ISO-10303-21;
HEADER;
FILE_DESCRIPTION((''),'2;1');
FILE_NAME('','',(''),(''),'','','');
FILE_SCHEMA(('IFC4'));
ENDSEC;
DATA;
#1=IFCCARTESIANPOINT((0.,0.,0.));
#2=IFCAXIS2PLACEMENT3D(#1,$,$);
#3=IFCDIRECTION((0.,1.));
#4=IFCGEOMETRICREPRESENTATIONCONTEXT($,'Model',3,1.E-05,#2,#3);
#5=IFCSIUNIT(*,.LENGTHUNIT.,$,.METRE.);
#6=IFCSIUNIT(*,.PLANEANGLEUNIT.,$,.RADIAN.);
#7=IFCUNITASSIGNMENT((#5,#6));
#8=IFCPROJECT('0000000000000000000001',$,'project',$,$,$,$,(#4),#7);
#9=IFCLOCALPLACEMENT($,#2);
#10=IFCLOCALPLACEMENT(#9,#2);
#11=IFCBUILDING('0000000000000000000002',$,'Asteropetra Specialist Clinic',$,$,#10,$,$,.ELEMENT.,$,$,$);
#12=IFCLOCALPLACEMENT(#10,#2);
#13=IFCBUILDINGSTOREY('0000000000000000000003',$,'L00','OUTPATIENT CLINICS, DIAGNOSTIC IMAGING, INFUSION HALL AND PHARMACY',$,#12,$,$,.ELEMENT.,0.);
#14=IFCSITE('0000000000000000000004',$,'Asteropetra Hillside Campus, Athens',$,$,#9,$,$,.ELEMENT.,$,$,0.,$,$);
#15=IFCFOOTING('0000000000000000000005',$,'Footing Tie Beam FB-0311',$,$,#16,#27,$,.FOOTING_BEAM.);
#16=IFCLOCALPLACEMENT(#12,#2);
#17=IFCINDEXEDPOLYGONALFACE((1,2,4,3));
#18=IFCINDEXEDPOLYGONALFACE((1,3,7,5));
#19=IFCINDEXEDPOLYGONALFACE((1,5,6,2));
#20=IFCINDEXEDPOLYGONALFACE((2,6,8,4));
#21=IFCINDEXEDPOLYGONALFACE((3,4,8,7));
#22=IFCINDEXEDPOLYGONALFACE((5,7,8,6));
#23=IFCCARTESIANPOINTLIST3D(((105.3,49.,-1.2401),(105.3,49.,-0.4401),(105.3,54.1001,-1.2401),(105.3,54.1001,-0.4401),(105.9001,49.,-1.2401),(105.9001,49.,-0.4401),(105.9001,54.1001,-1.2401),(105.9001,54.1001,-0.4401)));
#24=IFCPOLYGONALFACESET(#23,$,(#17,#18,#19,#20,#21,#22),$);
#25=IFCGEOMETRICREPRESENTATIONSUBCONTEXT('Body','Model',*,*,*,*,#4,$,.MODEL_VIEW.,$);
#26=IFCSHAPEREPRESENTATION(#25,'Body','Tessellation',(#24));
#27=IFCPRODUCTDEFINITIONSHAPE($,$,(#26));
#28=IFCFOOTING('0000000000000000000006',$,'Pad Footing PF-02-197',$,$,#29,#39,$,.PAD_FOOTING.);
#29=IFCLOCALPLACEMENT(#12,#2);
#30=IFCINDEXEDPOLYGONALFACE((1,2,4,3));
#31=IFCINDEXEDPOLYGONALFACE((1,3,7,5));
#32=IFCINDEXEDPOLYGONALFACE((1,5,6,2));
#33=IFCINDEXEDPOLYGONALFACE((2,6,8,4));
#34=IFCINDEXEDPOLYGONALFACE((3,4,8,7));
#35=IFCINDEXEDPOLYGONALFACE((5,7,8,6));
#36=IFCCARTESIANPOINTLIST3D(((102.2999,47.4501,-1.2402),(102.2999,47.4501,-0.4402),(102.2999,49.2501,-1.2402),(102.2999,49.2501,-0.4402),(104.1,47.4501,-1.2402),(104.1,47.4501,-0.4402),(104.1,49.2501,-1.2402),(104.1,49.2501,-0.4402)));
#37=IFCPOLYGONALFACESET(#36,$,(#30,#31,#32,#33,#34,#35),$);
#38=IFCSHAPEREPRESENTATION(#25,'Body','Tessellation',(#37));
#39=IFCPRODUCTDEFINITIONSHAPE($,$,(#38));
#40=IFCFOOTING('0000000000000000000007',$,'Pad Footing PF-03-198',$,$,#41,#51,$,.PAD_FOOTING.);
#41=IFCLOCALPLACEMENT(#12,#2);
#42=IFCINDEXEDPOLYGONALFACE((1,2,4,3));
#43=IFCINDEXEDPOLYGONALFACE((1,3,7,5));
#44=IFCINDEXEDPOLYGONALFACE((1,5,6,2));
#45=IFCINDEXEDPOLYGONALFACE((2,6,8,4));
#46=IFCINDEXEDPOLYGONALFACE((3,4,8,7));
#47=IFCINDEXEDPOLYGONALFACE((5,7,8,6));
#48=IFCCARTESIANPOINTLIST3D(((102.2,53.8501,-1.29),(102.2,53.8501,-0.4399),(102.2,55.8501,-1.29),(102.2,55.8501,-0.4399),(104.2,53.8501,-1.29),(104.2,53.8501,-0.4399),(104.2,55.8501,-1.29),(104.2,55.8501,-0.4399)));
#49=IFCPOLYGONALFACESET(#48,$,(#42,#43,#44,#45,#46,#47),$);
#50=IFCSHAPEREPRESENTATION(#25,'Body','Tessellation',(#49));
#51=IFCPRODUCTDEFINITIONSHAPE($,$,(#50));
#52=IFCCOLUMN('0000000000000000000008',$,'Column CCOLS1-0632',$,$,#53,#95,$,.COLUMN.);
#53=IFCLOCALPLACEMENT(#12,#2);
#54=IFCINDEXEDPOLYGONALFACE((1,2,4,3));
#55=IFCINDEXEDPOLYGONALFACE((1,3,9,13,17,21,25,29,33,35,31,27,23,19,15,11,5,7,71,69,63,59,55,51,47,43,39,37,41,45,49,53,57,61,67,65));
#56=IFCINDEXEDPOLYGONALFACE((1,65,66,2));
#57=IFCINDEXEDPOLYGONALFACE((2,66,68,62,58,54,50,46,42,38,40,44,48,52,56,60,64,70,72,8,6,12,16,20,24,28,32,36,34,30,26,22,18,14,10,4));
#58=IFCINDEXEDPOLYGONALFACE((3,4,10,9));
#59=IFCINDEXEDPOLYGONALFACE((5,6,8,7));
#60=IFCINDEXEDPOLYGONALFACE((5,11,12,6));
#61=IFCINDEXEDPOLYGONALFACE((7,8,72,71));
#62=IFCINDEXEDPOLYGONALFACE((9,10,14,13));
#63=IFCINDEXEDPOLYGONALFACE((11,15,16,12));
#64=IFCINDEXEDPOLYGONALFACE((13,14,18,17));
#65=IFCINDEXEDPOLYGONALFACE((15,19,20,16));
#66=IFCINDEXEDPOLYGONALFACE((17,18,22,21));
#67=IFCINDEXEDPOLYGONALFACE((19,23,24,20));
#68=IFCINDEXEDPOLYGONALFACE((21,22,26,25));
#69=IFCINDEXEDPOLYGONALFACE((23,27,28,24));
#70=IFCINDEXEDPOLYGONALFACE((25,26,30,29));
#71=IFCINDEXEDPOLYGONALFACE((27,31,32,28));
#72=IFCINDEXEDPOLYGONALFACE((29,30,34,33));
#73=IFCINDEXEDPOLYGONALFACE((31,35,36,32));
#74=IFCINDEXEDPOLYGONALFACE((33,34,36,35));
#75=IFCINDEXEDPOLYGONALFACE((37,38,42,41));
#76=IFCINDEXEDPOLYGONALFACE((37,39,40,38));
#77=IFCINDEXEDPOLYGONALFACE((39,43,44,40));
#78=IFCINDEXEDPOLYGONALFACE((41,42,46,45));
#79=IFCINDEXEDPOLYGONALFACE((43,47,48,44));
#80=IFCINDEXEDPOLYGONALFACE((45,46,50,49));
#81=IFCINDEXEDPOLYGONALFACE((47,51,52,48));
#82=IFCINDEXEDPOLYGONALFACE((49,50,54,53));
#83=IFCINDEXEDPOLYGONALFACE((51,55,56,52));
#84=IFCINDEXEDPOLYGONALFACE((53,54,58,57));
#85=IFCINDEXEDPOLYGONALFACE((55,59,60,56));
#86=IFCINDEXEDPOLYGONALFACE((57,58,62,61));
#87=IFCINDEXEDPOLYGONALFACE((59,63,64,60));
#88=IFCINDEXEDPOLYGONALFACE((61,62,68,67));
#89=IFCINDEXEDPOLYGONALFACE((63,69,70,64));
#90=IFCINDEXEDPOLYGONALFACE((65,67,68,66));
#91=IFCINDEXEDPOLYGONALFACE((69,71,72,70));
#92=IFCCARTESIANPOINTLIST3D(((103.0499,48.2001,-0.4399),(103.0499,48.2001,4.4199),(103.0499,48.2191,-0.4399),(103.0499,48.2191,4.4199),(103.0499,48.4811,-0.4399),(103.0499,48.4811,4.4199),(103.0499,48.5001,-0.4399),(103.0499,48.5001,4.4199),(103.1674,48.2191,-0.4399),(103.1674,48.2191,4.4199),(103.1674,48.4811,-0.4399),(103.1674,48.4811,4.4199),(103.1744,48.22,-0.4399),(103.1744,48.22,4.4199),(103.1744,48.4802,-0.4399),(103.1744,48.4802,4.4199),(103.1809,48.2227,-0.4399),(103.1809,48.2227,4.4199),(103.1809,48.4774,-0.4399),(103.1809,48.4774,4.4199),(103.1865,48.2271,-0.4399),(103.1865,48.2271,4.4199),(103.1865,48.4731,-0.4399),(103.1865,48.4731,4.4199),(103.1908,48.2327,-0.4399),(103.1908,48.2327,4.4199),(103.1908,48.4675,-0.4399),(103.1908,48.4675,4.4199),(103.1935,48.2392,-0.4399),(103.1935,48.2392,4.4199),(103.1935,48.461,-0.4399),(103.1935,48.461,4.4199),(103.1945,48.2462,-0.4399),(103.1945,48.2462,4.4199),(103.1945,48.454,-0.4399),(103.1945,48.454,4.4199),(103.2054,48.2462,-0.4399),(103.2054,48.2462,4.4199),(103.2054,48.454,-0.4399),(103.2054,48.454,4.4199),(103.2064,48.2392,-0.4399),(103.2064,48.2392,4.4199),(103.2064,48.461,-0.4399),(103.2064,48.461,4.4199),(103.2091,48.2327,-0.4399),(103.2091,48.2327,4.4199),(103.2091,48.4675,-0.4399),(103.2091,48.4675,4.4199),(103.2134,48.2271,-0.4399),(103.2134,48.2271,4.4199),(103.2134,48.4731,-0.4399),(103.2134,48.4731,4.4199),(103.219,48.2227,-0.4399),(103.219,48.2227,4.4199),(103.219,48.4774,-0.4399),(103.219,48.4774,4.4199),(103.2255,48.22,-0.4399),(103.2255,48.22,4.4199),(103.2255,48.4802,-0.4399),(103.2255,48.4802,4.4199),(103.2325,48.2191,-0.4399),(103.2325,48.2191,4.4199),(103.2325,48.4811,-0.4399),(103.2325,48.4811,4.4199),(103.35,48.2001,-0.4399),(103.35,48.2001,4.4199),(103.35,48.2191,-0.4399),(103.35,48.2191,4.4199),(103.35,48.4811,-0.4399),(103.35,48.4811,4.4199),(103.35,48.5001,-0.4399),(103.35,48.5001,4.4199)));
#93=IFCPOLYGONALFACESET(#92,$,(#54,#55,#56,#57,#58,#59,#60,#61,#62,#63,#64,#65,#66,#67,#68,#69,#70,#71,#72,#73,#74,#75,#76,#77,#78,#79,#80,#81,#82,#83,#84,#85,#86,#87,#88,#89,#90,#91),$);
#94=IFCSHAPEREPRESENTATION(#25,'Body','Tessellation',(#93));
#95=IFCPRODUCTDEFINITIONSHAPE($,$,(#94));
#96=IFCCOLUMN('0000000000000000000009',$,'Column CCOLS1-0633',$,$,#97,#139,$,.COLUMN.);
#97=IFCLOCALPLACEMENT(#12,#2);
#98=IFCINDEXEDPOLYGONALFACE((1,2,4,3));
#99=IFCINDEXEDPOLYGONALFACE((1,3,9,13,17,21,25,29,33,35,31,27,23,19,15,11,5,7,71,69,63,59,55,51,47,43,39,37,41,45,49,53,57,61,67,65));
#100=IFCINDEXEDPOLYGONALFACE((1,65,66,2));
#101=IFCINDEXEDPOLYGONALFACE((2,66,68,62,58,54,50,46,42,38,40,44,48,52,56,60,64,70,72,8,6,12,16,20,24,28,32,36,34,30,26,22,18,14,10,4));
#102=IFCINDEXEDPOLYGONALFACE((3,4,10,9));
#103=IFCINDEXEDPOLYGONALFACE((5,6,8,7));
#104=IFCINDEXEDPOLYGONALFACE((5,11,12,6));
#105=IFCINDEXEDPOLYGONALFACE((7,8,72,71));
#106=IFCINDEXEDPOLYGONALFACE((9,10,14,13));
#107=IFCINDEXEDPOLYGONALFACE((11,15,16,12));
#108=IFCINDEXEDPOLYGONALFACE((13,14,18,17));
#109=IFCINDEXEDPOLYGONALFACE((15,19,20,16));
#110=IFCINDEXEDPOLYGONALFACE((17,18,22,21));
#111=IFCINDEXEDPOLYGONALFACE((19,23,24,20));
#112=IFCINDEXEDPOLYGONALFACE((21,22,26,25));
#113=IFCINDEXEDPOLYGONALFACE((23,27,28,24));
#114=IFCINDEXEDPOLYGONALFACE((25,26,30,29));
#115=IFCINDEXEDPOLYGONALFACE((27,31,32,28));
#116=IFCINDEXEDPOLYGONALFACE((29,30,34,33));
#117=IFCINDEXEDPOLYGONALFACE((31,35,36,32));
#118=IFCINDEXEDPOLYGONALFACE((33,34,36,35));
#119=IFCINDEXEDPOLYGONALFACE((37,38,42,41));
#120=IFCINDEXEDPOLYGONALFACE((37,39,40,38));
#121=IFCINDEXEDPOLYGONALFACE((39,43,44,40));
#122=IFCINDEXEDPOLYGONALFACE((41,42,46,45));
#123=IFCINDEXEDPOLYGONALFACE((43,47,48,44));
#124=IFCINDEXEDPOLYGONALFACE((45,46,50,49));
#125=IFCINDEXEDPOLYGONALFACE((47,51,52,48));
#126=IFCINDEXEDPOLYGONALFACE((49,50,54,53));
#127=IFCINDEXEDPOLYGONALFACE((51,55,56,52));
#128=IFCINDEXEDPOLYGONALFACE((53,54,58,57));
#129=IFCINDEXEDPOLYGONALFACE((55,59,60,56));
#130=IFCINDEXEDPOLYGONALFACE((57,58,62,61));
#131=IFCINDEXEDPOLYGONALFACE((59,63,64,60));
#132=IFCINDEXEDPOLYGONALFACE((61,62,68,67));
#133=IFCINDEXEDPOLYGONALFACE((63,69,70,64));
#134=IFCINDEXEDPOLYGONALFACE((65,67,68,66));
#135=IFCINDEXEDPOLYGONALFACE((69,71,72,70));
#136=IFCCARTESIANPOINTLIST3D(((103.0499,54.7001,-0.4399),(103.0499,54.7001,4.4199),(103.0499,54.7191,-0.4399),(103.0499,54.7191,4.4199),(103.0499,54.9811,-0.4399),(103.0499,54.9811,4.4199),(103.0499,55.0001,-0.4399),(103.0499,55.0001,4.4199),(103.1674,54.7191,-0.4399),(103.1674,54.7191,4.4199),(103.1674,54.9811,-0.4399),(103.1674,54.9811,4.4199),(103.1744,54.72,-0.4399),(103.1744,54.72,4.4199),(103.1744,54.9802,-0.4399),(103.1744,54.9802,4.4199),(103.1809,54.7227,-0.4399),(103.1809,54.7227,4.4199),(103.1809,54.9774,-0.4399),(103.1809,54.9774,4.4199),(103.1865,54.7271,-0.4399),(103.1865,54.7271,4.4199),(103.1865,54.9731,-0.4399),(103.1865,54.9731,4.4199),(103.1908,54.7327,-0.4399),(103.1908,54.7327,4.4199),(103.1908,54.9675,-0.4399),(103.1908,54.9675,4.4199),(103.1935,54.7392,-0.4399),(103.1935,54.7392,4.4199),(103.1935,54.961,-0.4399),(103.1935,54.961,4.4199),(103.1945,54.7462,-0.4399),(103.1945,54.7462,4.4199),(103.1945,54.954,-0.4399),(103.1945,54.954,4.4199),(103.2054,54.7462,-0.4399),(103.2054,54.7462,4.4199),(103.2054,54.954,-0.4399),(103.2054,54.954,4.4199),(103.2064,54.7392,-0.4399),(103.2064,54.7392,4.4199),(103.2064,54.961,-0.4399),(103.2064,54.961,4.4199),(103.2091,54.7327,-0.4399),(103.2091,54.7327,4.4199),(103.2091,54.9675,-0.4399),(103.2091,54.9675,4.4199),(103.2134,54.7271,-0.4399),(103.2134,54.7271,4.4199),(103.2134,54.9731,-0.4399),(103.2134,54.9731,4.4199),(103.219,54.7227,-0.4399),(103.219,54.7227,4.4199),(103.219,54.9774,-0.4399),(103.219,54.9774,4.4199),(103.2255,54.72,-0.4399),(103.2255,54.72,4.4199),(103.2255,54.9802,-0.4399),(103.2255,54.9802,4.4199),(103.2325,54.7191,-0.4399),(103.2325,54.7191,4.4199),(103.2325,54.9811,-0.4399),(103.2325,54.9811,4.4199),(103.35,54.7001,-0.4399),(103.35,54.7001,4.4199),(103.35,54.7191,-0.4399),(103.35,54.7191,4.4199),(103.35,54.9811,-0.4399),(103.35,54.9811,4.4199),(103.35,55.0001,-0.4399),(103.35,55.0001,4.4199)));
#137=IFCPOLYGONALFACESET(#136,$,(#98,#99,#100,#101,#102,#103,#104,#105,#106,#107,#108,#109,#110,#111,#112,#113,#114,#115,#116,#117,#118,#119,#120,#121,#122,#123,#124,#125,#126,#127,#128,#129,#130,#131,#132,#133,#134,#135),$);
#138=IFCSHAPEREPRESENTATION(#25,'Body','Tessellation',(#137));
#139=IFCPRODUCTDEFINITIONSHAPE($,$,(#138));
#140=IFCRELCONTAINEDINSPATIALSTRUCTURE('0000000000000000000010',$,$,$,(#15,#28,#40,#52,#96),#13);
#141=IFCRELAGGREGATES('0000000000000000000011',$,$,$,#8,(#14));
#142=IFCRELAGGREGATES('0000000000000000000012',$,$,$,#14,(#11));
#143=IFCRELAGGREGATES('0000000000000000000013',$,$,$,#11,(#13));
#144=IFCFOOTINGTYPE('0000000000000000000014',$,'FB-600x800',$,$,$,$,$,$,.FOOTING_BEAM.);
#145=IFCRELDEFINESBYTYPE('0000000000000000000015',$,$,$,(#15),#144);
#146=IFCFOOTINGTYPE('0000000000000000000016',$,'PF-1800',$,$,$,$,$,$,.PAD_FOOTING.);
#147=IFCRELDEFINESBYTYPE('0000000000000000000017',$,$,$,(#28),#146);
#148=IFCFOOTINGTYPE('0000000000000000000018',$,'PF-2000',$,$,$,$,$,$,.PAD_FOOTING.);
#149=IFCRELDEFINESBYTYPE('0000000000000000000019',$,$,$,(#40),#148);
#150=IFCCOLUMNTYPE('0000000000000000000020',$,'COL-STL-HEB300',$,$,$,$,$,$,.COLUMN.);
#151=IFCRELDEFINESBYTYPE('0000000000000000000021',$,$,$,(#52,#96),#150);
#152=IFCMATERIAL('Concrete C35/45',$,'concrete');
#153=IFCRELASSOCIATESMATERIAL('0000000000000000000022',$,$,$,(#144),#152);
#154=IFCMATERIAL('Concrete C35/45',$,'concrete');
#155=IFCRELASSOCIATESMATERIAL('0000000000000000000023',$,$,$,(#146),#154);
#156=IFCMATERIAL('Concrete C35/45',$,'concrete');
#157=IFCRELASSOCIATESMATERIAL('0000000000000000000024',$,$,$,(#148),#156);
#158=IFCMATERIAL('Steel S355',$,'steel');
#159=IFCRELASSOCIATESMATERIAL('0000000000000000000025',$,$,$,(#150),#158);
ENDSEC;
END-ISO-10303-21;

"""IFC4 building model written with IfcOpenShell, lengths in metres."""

from ifc_helpers import new_model, si_unit, direction, frame, origin, origin_2d, place, context, subcontext, project, spatial, rectangle, i_section, extrude, material, material_profile, profile_set, type_object, element, save


model = new_model("IFC4")

# Units and contexts
model_context = context("Model", 3, precision=1e-05, world=origin(), true_north=direction((0.0, 1.0)))
body_context = subcontext(model_context, "Body", "Model", "MODEL_VIEW")
ifc_project = project(units=[si_unit("LENGTHUNIT", "METRE"), si_unit("PLANEANGLEUNIT", "RADIAN")], contexts=[model_context])

# Site, building, storey
site_placement = place(None, origin())
site = spatial("IfcSite", under=ifc_project, at=site_placement, Name="Asteropetra Hillside Campus, Athens", CompositionType="ELEMENT", RefElevation=0.0)
building_placement = place(site_placement, origin())
building = spatial("IfcBuilding", under=site, at=building_placement, Name="Asteropetra Specialist Clinic", CompositionType="ELEMENT")
storey_placement = place(building_placement, origin())
storey = spatial("IfcBuildingStorey", under=building, at=storey_placement, Name="L00", Description="OUTPATIENT CLINICS, DIAGNOSTIC IMAGING, INFUSION HALL AND PHARMACY", CompositionType="ELEMENT", Elevation=0.0)

# Footings
ifc_material_1 = material(Name="Concrete C35/45", Category="concrete")
ifc_material_profile_1 = material_profile(ifc_material_1, rectangle(XDim=0.6001, YDim=0.8, at=origin_2d()), Name="FB 600x800")
ifc_profile_set_1 = profile_set([ifc_material_profile_1], Name="Concrete C35/45")
footing_type_1 = type_object("IfcFootingType", Name="FB-600x800", PredefinedType="FOOTING_BEAM", material=ifc_profile_set_1)
footing_1_placement = place(storey_placement, frame((105.6001, 49.0, -0.8401), z_axis=(0.0, 1.0, 0.0), x_axis=(-1.0, 0.0, 0.0)))
element("IfcFooting", 1, at=footing_1_placement, inside=storey, type_object=footing_type_1, Name="Footing Tie Beam FB-0311", PredefinedType="FOOTING_BEAM", context=body_context, shape_type="SweptSolid", body=[
    extrude(rectangle(XDim=0.6001, YDim=0.8, at=origin_2d()), origin(), (0.0, 0.0, 1.0), 5.1001),
])
ifc_material_2 = material(Name="Concrete C35/45", Category="concrete")
footing_type_2 = type_object("IfcFootingType", Name="PF-1800", PredefinedType="PAD_FOOTING", material=ifc_material_2)
footing_2_placement = place(storey_placement, frame((103.2, 48.3501, -1.2402), z_axis=(0.0, 0.0, 1.0), x_axis=(1.0, 0.0, 0.0)))
element("IfcFooting", 2, at=footing_2_placement, inside=storey, type_object=footing_type_2, Name="Pad Footing PF-02-197", PredefinedType="PAD_FOOTING", context=body_context, shape_type="SweptSolid", body=[
    extrude(rectangle(XDim=1.8, YDim=1.8, at=origin_2d()), origin(), (0.0, 0.0, 1.0), 0.8),
])
ifc_material_3 = material(Name="Concrete C35/45", Category="concrete")
footing_type_3 = type_object("IfcFootingType", Name="PF-2000", PredefinedType="PAD_FOOTING", material=ifc_material_3)
footing_3_placement = place(storey_placement, frame((103.2, 54.8501, -1.29), z_axis=(0.0, 0.0, 1.0), x_axis=(1.0, 0.0, 0.0)))
element("IfcFooting", 3, at=footing_3_placement, inside=storey, type_object=footing_type_3, Name="Pad Footing PF-03-198", PredefinedType="PAD_FOOTING", context=body_context, shape_type="SweptSolid", body=[
    extrude(rectangle(XDim=2.0, YDim=2.0, at=origin_2d()), origin(), (0.0, 0.0, 1.0), 0.8501),
])

# Columns
ifc_material_4 = material(Name="Steel S355", Category="steel")
ifc_material_profile_2 = material_profile(ifc_material_4, i_section(OverallWidth=0.3, OverallDepth=0.3, WebThickness=0.011, FlangeThickness=0.019, FilletRadius=0.0271, at=origin_2d()), Name="HEB 300")
ifc_profile_set_2 = profile_set([ifc_material_profile_2], Name="Steel S355")
column_type = type_object("IfcColumnType", Name="COL-STL-HEB300", PredefinedType="COLUMN", material=ifc_profile_set_2)
for number, where, z_axis, x_axis, name in (
    (4, (103.2, 48.3501, -0.4399), (0.0, 0.0, 1.0), (1.0, 0.0, 0.0), "Column CCOLS1-0632"),
    (5, (103.2, 54.8501, -0.4399), (0.0, 0.0, 1.0), (1.0, 0.0, 0.0), "Column CCOLS1-0633"),
):
    element("IfcColumn", number, at=place(storey_placement, frame(where, z_axis=z_axis, x_axis=x_axis)), inside=storey, type_object=column_type, Name=name, PredefinedType="COLUMN", context=body_context, shape_type="SweptSolid", body=[
        extrude(i_section(OverallWidth=0.3, OverallDepth=0.3, WebThickness=0.011, FlangeThickness=0.019, FilletRadius=0.0271, at=origin_2d()), origin(), (0.0, 0.0, 1.0), 4.8599),
    ])

save(model, "model.ifc")
